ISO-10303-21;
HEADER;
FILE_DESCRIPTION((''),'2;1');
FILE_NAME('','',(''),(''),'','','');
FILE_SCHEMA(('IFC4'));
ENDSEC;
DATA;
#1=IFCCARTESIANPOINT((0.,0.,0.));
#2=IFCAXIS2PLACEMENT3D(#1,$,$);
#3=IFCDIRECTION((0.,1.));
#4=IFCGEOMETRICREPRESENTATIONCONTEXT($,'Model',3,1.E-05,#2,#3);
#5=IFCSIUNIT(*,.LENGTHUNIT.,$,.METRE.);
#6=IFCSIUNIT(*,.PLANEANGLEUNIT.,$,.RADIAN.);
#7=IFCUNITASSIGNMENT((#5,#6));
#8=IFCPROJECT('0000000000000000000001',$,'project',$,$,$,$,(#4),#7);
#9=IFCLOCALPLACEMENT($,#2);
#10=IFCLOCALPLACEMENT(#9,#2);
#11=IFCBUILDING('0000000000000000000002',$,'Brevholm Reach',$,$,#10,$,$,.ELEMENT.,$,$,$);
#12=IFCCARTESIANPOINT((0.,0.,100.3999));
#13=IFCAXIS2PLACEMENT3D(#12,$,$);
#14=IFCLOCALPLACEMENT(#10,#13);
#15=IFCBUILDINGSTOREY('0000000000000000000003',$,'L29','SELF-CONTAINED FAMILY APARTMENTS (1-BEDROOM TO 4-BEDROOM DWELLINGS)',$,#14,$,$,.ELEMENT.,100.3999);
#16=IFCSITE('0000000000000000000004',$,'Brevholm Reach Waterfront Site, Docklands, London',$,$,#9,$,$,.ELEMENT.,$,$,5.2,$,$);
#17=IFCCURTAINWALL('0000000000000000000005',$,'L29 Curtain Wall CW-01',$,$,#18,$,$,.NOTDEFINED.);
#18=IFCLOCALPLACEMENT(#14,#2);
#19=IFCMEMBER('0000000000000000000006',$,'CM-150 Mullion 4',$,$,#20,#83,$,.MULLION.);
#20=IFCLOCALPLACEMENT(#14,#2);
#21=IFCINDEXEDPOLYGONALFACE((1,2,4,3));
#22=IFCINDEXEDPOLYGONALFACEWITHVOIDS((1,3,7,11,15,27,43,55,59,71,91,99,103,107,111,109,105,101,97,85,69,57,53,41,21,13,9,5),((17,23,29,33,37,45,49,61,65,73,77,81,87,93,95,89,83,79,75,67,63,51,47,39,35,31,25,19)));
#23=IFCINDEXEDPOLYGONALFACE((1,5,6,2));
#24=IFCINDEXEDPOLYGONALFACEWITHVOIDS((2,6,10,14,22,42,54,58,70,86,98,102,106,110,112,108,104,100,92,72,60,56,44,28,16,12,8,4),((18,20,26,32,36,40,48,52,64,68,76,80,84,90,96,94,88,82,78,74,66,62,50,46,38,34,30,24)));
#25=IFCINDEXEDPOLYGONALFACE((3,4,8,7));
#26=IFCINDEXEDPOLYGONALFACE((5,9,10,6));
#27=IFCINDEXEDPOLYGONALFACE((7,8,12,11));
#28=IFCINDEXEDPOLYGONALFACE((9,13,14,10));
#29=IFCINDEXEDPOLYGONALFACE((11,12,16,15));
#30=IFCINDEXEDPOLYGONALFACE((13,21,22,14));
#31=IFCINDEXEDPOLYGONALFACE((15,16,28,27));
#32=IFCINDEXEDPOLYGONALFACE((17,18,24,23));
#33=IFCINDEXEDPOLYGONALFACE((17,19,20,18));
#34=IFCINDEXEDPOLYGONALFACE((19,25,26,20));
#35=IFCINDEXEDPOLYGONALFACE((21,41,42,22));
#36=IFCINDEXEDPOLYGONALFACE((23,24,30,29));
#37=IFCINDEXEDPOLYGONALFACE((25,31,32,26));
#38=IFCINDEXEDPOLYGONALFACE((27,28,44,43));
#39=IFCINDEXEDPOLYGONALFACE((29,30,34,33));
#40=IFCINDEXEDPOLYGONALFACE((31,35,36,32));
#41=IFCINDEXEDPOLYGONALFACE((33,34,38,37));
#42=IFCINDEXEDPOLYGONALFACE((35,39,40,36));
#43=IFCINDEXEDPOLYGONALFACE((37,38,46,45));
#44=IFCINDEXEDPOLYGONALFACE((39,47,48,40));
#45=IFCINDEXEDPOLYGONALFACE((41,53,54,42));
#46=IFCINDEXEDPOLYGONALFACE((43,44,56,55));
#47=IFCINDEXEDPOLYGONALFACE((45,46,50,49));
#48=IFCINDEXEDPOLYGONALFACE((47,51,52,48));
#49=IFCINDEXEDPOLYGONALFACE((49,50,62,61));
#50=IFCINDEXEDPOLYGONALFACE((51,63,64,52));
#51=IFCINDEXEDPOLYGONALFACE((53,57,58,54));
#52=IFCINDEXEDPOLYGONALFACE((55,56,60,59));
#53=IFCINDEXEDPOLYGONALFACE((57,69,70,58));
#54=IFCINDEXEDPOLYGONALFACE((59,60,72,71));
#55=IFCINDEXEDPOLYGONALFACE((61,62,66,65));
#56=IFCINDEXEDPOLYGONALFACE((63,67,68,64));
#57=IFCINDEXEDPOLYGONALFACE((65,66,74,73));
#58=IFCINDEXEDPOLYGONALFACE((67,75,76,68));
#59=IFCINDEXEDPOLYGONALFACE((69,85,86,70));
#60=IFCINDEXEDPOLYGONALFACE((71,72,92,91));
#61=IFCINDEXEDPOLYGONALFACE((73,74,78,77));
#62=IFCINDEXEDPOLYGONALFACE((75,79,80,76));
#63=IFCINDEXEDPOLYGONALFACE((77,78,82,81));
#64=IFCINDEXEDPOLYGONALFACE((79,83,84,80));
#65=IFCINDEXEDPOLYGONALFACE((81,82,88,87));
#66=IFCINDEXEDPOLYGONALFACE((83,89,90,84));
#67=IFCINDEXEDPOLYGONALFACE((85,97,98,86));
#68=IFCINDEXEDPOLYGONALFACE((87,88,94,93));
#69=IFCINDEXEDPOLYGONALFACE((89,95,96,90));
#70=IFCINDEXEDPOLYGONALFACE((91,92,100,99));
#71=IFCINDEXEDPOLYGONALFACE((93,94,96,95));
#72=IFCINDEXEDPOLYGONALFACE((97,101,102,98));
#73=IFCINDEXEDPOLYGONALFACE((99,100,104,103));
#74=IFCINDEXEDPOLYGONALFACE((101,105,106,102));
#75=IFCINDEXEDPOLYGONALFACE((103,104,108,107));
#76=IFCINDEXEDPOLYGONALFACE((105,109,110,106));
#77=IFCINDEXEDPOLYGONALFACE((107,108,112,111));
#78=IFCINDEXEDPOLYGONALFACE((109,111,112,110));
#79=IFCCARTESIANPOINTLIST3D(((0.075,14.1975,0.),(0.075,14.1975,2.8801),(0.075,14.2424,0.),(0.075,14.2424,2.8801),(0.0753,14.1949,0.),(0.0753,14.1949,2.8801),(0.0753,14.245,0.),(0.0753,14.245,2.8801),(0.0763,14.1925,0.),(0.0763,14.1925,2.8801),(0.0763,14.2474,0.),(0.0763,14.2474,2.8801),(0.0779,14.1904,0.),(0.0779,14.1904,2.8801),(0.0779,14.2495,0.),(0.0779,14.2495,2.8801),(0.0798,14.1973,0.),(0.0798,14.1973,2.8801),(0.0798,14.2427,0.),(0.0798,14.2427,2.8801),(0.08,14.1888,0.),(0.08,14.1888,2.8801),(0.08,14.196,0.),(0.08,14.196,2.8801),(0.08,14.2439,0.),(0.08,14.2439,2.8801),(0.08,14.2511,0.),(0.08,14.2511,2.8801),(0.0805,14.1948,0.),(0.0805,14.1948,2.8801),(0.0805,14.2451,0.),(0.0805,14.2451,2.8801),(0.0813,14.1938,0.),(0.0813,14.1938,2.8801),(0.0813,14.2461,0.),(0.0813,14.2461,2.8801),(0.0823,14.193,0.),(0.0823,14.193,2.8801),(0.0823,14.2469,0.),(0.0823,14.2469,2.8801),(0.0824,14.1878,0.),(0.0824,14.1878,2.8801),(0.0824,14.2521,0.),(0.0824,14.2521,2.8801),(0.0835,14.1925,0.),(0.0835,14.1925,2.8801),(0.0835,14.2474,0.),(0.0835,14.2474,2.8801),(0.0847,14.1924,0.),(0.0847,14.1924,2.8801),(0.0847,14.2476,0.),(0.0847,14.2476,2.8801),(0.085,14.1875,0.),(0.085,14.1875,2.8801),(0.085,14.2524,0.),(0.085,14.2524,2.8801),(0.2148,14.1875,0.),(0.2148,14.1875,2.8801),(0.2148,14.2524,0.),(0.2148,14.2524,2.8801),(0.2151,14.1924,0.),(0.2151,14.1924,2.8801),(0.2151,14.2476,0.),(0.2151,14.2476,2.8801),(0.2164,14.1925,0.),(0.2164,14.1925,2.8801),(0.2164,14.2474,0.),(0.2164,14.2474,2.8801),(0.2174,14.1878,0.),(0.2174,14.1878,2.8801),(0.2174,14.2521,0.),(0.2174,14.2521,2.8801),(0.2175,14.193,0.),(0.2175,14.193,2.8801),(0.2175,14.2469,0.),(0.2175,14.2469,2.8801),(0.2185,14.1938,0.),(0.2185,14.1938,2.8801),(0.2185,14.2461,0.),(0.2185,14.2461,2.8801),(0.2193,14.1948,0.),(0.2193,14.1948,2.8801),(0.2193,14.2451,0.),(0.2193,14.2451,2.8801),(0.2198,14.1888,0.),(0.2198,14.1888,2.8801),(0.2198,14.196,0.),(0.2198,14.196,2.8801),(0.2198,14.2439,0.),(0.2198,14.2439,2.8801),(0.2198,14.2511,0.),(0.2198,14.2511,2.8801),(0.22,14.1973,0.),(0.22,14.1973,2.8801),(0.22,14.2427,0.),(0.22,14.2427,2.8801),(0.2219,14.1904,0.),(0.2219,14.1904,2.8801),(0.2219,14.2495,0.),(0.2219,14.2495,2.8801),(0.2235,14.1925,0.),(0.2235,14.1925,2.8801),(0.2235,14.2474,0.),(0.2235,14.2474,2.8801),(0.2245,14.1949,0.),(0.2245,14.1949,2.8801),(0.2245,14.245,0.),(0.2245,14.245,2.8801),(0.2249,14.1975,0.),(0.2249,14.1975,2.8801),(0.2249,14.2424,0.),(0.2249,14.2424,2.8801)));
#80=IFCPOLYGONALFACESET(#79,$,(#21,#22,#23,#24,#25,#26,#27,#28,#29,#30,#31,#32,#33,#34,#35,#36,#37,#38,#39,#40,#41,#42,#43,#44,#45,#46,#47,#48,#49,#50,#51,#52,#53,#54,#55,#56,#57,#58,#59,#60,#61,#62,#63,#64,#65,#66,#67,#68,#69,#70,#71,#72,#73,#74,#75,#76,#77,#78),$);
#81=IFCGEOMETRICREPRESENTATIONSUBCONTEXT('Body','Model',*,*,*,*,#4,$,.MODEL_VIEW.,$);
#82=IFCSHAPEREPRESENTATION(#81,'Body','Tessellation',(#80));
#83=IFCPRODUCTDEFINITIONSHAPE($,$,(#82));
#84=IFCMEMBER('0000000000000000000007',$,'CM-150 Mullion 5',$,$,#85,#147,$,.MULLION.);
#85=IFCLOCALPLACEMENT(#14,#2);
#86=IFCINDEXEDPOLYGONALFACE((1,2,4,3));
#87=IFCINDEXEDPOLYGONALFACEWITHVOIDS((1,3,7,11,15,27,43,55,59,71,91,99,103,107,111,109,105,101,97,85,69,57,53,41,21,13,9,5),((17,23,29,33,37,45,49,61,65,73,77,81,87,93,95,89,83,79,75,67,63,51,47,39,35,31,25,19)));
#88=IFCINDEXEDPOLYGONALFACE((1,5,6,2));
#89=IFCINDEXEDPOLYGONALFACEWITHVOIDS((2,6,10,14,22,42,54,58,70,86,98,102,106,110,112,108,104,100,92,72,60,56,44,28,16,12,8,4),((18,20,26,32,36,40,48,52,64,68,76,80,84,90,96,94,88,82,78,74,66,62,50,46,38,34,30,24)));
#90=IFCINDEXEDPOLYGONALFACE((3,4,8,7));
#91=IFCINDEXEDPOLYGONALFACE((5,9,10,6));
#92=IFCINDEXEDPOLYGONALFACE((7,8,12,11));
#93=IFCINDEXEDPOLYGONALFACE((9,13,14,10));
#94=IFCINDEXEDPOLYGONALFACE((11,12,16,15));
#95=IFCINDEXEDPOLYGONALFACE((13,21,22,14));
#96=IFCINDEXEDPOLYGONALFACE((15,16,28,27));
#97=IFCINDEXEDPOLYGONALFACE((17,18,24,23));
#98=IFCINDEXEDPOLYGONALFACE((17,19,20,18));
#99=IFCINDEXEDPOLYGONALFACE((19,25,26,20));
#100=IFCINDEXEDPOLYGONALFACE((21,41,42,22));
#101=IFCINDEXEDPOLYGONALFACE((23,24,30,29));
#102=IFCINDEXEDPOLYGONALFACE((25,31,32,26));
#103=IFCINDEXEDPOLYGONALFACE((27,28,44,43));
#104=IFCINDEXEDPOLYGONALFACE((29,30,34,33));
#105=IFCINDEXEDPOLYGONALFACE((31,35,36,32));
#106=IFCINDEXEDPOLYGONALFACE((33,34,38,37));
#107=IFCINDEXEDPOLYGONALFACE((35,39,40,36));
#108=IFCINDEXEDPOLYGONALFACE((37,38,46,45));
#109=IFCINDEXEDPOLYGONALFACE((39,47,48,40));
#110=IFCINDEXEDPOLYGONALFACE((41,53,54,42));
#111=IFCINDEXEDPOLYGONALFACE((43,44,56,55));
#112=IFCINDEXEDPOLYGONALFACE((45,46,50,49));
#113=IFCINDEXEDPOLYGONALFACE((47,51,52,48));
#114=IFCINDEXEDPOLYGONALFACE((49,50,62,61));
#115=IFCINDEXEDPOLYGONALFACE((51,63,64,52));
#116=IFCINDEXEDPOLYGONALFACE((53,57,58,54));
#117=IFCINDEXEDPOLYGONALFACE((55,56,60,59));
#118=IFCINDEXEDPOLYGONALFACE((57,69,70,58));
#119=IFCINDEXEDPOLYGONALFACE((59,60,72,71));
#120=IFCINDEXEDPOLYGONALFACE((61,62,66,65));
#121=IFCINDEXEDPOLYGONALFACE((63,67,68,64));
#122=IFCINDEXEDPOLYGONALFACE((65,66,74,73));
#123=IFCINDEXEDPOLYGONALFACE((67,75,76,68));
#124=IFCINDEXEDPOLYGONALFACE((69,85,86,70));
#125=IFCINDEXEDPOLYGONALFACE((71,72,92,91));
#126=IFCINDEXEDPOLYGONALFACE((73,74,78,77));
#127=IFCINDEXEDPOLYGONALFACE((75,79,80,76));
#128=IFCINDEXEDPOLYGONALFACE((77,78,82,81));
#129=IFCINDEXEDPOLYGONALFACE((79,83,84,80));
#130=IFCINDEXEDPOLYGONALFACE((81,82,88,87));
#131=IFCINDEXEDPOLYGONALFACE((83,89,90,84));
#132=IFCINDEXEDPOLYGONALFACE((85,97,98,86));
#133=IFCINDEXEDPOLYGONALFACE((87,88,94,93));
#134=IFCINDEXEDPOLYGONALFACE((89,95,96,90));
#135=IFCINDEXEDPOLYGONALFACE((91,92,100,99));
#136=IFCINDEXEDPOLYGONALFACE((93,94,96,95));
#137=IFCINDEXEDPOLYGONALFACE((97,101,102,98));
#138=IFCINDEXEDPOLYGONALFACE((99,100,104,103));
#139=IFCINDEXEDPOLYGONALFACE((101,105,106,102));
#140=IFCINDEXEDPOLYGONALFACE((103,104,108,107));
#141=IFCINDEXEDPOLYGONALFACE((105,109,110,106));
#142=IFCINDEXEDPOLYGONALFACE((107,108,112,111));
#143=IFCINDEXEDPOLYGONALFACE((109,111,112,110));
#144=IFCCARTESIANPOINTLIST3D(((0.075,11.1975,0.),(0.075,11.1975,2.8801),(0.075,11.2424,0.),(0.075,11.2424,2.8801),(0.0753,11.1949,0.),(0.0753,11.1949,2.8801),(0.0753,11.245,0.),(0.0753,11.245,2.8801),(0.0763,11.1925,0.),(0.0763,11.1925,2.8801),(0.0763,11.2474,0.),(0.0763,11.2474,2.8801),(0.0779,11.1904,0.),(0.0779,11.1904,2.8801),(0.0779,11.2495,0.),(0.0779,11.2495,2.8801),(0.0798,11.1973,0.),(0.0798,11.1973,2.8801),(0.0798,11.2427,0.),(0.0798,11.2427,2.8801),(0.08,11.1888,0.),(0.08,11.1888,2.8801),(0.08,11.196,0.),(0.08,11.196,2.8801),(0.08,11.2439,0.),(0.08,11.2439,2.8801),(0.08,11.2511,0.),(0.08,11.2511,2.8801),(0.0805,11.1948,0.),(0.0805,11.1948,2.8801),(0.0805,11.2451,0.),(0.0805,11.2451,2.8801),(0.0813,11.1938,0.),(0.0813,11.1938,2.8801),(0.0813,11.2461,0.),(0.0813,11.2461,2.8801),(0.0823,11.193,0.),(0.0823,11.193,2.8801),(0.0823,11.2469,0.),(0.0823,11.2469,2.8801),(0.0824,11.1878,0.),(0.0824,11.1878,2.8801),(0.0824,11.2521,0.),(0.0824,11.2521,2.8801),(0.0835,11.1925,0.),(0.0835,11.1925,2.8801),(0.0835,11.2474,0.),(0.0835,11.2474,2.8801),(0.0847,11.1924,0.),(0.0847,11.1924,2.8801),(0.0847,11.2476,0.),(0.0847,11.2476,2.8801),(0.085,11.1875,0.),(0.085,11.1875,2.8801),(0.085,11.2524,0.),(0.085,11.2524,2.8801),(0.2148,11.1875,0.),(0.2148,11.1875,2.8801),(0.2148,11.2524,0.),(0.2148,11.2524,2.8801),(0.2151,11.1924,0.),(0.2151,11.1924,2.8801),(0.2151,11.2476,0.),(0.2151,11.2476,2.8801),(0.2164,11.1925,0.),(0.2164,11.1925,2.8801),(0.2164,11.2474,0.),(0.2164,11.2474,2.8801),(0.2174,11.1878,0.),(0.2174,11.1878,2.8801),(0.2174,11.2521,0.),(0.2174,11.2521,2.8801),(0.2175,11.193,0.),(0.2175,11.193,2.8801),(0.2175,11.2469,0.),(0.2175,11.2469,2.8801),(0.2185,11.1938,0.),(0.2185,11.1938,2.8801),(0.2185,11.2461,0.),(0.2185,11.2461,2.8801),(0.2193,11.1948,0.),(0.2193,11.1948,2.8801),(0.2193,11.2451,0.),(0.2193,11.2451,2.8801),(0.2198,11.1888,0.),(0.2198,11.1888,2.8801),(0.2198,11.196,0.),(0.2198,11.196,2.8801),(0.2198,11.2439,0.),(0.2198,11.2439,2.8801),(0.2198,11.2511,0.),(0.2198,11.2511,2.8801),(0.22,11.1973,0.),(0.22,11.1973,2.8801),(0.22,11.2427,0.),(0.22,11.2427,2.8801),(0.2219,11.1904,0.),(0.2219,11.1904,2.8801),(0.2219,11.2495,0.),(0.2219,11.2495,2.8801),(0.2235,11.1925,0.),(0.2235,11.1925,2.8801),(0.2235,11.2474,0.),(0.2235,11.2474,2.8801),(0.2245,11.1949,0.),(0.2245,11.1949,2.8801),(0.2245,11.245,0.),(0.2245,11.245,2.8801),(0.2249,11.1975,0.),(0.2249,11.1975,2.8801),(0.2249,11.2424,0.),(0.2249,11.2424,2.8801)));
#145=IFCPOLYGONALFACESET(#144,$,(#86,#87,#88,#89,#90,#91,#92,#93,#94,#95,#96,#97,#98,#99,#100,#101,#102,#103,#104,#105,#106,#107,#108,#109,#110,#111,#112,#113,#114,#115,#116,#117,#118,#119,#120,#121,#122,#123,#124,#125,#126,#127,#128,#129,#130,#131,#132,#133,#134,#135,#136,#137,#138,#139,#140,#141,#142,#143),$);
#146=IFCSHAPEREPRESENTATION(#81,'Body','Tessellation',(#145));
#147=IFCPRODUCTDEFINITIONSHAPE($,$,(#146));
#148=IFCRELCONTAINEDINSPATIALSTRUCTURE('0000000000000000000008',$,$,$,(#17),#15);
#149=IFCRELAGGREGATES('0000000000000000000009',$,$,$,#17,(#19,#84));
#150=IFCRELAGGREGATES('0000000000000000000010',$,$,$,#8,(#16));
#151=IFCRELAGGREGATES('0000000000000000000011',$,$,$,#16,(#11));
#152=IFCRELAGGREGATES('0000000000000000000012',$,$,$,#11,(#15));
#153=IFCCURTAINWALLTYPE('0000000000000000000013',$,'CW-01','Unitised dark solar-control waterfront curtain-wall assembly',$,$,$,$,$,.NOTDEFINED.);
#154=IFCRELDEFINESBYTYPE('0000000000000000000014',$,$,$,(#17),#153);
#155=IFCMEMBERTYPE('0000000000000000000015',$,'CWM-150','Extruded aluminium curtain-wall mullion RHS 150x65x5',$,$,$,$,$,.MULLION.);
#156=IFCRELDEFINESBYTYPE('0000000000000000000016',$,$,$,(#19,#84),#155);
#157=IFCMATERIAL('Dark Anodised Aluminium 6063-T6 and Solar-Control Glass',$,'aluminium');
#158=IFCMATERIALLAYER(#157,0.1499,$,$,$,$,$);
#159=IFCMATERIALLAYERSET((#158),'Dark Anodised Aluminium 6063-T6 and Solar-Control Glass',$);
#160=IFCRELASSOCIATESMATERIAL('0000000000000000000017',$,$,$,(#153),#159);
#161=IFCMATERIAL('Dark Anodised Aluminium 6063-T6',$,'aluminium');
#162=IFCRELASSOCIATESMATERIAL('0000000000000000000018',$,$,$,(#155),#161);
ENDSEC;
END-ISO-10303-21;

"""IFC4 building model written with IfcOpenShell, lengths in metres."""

from ifc_helpers import new_model, si_unit, direction, frame, origin, origin_2d, place, context, subcontext, project, spatial, hollow_rectangle, extrude, material, layer, layer_set, material_profile, profile_set, type_object, element, aggregate, save


model = new_model("IFC4")

# Units and contexts
model_context = context("Model", 3, precision=1e-05, world=origin(), true_north=direction((0.0, 1.0)))
body_context = subcontext(model_context, "Body", "Model", "MODEL_VIEW")
ifc_project = project(units=[si_unit("LENGTHUNIT", "METRE"), si_unit("PLANEANGLEUNIT", "RADIAN")], contexts=[model_context])

# Site, building, storey
site_placement = place(None, origin())
site = spatial("IfcSite", under=ifc_project, at=site_placement, Name="Brevholm Reach Waterfront Site, Docklands, London", CompositionType="ELEMENT", RefElevation=5.2)
building_placement = place(site_placement, origin())
building = spatial("IfcBuilding", under=site, at=building_placement, Name="Brevholm Reach", CompositionType="ELEMENT")
storey_placement = place(building_placement, frame((0.0, 0.0, 100.3999)))
storey = spatial("IfcBuildingStorey", under=building, at=storey_placement, Name="L29", Description="SELF-CONTAINED FAMILY APARTMENTS (1-BEDROOM TO 4-BEDROOM DWELLINGS)", CompositionType="ELEMENT", Elevation=100.3999)

# Curtain wall, members
ifc_material_1 = material(Name="Dark Anodised Aluminium 6063-T6 and Solar-Control Glass", Category="aluminium")
ifc_layer_1 = layer(ifc_material_1, 0.1499)
ifc_layer_set_1 = layer_set([ifc_layer_1], Name="Dark Anodised Aluminium 6063-T6 and Solar-Control Glass")
curtain_wall_type = type_object("IfcCurtainWallType", Name="CW-01", Description="Unitised dark solar-control waterfront curtain-wall assembly", PredefinedType="NOTDEFINED", material=ifc_layer_set_1)
curtain_wall_placement = place(storey_placement, origin())
curtain_wall = element("IfcCurtainWall", 1, at=curtain_wall_placement, inside=storey, type_object=curtain_wall_type, Name="L29 Curtain Wall CW-01", PredefinedType="NOTDEFINED")
ifc_material_2 = material(Name="Dark Anodised Aluminium 6063-T6", Category="aluminium")
ifc_material_profile_1 = material_profile(ifc_material_2, hollow_rectangle(XDim=0.0649, YDim=0.1499, WallThickness=0.0049, InnerFilletRadius=0.0049, OuterFilletRadius=0.01, at=origin_2d()), Name="RHS 150x65x5")
ifc_profile_set_1 = profile_set([ifc_material_profile_1], Name="Dark Anodised Aluminium 6063-T6")
member_type_1 = type_object("IfcMemberType", Name="CWM-150", Description="Extruded aluminium curtain-wall mullion RHS 150x65x5", PredefinedType="MULLION", material=ifc_profile_set_1)
member_1_placement = place(storey_placement, frame((0.1499, 14.22, 0.0), z_axis=(0.0, 0.0, 1.0), x_axis=(0.0, -1.0, 0.0)))
member_1 = element("IfcMember", 2, at=member_1_placement, type_object=member_type_1, Name="CM-150 Mullion 4", PredefinedType="MULLION", context=body_context, shape_type="SweptSolid", body=[
    extrude(hollow_rectangle(XDim=0.0649, YDim=0.1499, WallThickness=0.0049, InnerFilletRadius=0.0049, OuterFilletRadius=0.01, at=origin_2d()), origin(), (0.0, 0.0, 1.0), 2.8801),
])
member_2_placement = place(storey_placement, frame((0.1499, 11.22, 0.0), z_axis=(0.0, 0.0, 1.0), x_axis=(0.0, -1.0, 0.0)))
member_2 = element("IfcMember", 3, at=member_2_placement, type_object=member_type_1, Name="CM-150 Mullion 5", PredefinedType="MULLION", context=body_context, shape_type="SweptSolid", body=[
    extrude(hollow_rectangle(XDim=0.0649, YDim=0.1499, WallThickness=0.0049, InnerFilletRadius=0.0049, OuterFilletRadius=0.01, at=origin_2d()), origin(), (0.0, 0.0, 1.0), 2.8801),
])
aggregate(curtain_wall, [member_1, member_2])

save(model, "model.ifc")
